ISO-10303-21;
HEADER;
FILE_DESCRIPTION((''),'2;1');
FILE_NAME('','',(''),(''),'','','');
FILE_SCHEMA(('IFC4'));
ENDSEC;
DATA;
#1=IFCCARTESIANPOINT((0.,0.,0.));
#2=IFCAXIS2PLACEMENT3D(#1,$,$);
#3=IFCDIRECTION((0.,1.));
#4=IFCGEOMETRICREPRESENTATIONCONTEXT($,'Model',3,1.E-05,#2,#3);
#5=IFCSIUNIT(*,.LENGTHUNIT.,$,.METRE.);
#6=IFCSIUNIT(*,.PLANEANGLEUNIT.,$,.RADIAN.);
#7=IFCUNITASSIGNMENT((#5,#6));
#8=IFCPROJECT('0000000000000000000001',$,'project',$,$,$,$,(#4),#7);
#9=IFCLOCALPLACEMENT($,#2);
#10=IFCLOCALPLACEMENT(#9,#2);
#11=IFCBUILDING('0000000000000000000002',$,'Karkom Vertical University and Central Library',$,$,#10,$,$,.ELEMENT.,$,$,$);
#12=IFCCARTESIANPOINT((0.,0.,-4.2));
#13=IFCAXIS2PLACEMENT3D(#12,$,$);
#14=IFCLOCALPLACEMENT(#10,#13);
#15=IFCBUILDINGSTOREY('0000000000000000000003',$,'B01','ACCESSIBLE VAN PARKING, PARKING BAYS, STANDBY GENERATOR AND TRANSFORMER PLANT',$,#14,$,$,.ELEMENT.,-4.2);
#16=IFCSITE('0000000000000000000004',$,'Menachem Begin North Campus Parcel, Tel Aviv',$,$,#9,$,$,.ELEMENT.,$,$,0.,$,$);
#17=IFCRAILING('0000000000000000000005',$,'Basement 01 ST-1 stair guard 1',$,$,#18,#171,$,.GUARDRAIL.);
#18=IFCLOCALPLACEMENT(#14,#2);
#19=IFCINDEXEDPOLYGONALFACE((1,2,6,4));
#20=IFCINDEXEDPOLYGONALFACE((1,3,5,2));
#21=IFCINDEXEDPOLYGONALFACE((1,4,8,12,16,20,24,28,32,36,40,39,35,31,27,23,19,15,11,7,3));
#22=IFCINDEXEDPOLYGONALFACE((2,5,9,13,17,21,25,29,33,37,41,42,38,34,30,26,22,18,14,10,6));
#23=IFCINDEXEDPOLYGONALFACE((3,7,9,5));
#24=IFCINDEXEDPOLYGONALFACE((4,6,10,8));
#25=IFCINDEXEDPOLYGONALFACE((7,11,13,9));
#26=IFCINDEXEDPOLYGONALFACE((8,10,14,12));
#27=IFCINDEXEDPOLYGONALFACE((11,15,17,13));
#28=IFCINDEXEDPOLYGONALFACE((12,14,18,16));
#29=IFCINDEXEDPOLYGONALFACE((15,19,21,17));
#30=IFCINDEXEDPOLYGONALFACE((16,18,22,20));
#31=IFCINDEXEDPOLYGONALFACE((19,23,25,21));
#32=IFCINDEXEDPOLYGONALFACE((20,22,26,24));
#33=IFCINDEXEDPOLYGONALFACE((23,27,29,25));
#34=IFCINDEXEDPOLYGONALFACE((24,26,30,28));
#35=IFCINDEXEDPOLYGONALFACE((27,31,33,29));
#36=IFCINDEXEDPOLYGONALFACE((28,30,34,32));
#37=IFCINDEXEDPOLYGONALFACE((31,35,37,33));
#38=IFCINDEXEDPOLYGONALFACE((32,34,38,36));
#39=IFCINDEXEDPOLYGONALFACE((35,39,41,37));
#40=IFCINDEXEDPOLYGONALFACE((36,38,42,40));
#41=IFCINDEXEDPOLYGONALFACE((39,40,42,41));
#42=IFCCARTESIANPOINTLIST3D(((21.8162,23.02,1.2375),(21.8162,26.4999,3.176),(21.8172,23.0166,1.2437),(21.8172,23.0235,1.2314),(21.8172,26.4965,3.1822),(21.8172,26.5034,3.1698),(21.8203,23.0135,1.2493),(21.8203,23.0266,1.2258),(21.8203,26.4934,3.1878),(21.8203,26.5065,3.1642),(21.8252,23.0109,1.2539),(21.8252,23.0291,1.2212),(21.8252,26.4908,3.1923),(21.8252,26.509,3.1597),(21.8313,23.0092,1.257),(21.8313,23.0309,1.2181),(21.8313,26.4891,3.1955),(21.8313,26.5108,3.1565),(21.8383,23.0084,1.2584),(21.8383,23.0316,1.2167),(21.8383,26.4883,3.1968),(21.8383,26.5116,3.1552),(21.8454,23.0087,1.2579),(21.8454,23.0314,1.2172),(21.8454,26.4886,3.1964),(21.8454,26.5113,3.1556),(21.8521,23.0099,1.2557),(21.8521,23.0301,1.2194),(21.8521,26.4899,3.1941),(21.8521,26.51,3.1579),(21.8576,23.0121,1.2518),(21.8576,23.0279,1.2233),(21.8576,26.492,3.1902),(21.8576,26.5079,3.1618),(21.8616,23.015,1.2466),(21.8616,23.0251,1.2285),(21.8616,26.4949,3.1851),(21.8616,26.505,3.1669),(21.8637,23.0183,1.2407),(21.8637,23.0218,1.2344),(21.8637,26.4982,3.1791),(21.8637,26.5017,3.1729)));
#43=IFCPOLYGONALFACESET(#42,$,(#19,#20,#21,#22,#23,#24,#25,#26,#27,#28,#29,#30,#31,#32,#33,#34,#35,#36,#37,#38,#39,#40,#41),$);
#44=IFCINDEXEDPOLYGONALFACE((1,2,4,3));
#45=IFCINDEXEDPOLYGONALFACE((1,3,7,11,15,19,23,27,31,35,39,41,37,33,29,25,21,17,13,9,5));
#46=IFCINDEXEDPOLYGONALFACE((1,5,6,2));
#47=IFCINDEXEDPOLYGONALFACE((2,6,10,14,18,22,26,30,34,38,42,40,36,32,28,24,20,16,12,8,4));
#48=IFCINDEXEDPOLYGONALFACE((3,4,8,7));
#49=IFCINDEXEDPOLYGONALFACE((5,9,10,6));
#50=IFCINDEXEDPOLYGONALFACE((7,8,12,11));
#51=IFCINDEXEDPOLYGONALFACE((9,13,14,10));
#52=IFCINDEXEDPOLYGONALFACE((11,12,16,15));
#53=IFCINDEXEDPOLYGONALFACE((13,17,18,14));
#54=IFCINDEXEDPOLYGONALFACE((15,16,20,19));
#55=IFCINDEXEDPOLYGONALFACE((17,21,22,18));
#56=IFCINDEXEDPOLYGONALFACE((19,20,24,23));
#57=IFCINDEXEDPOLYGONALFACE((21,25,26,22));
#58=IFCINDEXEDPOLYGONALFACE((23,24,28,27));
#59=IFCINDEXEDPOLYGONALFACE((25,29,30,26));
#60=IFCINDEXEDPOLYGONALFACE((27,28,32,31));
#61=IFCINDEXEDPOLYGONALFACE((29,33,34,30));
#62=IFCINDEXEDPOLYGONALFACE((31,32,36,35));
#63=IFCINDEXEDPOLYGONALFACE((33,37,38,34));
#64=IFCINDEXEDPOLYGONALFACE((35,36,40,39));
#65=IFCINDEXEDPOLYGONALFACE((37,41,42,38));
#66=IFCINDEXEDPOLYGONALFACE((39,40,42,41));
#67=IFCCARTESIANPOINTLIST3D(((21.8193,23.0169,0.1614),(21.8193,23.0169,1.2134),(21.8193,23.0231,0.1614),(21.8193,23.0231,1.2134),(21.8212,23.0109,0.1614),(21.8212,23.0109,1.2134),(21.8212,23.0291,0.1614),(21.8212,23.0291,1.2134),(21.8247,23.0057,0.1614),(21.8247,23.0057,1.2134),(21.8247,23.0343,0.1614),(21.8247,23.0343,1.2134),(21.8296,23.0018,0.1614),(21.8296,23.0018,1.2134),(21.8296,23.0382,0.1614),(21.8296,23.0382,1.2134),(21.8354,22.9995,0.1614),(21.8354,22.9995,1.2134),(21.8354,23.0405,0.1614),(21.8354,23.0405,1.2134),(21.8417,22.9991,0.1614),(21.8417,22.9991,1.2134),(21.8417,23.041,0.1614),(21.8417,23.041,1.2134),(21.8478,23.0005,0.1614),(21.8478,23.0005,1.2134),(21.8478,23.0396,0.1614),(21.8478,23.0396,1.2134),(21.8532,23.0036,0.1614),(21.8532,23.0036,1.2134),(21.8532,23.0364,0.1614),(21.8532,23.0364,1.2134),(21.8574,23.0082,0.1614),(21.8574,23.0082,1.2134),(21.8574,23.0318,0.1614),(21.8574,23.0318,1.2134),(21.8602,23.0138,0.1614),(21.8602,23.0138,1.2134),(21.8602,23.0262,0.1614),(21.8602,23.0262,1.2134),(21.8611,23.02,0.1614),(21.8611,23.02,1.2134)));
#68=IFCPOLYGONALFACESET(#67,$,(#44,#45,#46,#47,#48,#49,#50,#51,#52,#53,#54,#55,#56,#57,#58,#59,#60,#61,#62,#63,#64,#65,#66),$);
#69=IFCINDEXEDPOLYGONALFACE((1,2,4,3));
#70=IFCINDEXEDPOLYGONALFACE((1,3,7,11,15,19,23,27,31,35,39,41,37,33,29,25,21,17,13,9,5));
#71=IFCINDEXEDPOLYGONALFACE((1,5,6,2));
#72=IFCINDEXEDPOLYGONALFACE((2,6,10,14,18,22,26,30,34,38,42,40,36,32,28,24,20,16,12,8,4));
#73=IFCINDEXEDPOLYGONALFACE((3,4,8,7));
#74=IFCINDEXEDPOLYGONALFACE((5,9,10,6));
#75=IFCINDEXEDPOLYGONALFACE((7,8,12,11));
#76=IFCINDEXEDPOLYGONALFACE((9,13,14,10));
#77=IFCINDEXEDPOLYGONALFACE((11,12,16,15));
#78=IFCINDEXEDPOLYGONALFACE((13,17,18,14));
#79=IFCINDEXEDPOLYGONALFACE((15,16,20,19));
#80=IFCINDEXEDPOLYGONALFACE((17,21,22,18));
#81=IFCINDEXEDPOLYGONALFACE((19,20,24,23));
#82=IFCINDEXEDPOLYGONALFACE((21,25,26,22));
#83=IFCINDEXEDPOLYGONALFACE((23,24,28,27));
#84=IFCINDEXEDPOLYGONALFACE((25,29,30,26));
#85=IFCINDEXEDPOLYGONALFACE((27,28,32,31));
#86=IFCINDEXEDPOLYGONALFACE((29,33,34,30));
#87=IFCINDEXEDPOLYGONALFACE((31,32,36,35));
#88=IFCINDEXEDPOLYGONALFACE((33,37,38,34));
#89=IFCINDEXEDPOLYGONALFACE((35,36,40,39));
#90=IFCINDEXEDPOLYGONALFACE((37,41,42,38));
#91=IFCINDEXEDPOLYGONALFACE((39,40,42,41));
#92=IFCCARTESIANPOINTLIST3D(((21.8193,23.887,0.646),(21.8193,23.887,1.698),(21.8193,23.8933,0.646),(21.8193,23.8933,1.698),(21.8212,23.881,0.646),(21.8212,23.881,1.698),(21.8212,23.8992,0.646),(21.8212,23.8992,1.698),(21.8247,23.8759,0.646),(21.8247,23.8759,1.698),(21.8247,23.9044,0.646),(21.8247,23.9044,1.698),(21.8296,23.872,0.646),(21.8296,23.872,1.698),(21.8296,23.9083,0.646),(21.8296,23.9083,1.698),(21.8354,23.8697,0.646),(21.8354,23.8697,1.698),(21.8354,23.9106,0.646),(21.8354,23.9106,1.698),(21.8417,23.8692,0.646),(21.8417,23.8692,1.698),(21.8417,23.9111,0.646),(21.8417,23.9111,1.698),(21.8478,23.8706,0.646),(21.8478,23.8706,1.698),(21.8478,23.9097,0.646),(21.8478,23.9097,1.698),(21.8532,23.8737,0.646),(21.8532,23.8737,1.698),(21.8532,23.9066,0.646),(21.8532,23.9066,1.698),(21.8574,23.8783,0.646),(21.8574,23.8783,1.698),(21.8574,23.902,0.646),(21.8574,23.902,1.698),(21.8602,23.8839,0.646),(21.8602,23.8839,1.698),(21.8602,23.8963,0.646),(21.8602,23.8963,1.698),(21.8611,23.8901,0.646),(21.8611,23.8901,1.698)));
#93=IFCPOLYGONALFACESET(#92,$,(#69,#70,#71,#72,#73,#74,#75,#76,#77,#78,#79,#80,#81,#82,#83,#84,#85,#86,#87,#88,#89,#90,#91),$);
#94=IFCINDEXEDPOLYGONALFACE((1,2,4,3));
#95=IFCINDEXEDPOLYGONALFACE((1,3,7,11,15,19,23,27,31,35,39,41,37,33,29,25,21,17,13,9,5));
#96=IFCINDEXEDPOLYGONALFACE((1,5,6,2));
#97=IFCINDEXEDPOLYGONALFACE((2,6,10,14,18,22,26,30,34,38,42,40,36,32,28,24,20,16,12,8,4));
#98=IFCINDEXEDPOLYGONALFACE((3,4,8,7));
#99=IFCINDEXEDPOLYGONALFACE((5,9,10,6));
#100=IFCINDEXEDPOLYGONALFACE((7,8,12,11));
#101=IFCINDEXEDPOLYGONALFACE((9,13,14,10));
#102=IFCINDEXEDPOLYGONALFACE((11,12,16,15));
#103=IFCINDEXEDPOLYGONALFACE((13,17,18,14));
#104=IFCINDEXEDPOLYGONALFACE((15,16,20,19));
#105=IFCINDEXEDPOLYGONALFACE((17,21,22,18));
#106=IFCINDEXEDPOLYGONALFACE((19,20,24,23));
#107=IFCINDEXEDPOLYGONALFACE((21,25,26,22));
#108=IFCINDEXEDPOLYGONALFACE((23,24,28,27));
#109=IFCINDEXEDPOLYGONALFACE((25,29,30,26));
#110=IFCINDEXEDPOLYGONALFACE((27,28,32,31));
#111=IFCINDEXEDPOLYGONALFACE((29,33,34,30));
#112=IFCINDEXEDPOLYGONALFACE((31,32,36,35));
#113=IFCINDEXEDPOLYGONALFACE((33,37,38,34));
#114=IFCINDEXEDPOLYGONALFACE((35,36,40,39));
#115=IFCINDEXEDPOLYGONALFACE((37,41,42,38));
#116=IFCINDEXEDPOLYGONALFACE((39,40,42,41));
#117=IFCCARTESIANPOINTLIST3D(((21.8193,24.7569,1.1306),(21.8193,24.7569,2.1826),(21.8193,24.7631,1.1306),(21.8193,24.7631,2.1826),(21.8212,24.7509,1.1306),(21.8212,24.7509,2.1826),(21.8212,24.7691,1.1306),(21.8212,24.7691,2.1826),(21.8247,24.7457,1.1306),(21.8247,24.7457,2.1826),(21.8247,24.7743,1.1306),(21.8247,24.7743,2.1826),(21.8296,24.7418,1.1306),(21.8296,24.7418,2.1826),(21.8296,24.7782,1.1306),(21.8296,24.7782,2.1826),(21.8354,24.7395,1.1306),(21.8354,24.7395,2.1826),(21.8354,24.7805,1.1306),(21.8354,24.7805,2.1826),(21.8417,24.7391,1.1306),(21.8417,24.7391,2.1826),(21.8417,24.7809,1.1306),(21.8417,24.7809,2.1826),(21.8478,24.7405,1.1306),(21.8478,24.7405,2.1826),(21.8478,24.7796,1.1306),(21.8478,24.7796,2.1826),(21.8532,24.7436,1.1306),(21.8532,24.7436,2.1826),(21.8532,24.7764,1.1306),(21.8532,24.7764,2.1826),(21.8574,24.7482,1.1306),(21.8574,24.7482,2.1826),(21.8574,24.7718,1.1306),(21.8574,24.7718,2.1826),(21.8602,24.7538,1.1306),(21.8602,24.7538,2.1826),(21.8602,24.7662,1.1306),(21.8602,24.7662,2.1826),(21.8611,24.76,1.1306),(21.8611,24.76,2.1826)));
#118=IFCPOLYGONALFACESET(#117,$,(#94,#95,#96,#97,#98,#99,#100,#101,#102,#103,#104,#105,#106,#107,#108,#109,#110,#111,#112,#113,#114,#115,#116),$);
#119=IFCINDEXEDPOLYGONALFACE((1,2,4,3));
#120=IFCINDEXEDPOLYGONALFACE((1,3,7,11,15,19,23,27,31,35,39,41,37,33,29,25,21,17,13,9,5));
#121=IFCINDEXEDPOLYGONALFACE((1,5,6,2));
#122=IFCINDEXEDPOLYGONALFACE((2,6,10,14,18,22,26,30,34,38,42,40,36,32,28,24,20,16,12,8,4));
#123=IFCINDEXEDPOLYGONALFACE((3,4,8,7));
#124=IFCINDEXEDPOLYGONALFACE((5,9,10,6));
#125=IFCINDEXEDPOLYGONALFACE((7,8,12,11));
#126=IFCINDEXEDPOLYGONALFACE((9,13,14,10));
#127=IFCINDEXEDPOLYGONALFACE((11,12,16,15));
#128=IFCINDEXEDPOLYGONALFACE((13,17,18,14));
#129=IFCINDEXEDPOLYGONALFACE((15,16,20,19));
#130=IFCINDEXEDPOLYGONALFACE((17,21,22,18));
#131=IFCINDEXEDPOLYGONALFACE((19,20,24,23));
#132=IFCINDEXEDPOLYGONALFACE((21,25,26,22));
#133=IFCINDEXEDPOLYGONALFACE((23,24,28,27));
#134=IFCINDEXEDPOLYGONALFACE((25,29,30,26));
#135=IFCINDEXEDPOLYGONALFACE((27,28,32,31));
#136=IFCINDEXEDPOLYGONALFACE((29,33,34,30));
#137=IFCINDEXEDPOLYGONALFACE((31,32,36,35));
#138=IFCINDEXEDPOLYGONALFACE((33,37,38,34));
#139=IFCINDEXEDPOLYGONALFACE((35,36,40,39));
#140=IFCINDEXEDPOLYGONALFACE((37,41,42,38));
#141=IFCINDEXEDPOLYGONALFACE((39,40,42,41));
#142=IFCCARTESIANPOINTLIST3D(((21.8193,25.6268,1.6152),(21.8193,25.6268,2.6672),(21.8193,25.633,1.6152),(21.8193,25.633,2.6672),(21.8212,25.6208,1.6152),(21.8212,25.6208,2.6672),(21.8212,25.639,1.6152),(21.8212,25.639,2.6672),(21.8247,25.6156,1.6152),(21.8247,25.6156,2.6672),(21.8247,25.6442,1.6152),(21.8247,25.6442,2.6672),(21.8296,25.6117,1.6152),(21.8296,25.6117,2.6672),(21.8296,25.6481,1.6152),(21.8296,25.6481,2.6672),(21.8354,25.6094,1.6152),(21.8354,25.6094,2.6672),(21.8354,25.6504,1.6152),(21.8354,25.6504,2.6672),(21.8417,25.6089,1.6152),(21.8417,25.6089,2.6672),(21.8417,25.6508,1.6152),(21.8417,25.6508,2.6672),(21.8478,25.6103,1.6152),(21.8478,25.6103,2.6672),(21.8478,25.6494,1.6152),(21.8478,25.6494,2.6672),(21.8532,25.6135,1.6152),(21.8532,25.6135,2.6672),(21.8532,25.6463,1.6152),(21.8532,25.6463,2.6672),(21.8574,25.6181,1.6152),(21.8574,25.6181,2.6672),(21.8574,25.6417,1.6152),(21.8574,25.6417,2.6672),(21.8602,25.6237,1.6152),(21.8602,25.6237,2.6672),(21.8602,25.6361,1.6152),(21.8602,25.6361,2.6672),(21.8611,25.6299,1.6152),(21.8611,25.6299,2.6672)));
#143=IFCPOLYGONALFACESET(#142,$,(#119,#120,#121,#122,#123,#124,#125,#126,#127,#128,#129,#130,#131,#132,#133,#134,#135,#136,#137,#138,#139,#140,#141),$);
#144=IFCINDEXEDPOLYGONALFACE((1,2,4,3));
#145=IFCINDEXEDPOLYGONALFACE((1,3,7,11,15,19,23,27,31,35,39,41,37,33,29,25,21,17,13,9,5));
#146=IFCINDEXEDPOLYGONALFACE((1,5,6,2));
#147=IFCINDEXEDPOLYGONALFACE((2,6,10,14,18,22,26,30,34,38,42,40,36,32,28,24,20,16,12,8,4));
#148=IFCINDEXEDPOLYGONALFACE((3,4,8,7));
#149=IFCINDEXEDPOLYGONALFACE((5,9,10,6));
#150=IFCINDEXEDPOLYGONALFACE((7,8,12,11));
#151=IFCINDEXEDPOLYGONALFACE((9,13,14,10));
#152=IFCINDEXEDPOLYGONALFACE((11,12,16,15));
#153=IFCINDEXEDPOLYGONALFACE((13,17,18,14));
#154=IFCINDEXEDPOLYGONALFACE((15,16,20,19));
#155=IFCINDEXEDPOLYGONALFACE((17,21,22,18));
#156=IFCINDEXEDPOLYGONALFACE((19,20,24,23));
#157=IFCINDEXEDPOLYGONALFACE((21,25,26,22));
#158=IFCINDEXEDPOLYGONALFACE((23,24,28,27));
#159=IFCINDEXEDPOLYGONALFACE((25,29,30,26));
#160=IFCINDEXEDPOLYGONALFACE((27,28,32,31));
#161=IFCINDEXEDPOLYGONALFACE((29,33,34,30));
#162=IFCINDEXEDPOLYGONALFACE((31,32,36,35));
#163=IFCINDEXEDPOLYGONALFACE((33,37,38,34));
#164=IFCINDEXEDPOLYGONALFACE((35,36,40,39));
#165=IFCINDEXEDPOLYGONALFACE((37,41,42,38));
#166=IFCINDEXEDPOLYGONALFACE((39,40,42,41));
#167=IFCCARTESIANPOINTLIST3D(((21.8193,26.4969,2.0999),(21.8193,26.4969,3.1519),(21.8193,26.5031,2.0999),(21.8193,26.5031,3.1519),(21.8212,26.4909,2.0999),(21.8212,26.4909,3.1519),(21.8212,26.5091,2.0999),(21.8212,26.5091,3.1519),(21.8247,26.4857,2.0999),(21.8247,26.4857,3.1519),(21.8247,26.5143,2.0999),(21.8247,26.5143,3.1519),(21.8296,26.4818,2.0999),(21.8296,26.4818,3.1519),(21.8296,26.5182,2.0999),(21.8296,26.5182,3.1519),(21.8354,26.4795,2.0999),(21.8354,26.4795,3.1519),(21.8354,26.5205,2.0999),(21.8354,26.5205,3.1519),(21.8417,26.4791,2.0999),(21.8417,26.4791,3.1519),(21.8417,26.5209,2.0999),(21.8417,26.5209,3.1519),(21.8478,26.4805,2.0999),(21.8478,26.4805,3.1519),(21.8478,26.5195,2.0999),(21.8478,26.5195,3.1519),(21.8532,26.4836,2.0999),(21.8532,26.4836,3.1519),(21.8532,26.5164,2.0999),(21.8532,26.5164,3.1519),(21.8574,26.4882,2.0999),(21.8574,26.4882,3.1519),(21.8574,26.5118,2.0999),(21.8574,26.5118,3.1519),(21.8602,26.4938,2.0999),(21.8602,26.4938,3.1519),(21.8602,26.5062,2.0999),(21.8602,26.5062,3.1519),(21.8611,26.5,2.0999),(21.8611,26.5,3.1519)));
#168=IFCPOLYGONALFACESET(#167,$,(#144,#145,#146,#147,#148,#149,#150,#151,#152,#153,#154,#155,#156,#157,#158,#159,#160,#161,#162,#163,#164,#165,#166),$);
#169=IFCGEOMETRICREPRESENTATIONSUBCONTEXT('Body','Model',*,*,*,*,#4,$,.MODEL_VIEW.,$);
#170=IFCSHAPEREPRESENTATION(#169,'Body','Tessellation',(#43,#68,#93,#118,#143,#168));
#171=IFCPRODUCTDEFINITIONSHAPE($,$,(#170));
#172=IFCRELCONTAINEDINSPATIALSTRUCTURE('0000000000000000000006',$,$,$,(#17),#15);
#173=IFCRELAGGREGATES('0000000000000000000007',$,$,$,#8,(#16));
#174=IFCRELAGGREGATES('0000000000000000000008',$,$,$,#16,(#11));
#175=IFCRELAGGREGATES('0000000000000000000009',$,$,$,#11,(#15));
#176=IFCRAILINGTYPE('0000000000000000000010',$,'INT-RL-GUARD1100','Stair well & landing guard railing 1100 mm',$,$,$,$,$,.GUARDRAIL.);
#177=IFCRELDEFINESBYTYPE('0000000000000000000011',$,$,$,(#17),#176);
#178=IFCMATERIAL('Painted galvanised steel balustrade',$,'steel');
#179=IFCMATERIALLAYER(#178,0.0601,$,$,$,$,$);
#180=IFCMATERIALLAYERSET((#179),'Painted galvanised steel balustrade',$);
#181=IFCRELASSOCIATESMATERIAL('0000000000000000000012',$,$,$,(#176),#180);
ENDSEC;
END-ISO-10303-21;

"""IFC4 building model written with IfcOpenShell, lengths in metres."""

from ifc_helpers import new_model, si_unit, direction, frame, origin, origin_2d, place, context, subcontext, project, spatial, circle, extrude, material, layer, layer_set, type_object, element, save


model = new_model("IFC4")

# Units and contexts
model_context = context("Model", 3, precision=1e-05, world=origin(), true_north=direction((0.0, 1.0)))
body_context = subcontext(model_context, "Body", "Model", "MODEL_VIEW")
ifc_project = project(units=[si_unit("LENGTHUNIT", "METRE"), si_unit("PLANEANGLEUNIT", "RADIAN")], contexts=[model_context])

# Site, building, storey
site_placement = place(None, origin())
site = spatial("IfcSite", under=ifc_project, at=site_placement, Name="Menachem Begin North Campus Parcel, Tel Aviv", CompositionType="ELEMENT", RefElevation=0.0)
building_placement = place(site_placement, origin())
building = spatial("IfcBuilding", under=site, at=building_placement, Name="Karkom Vertical University and Central Library", CompositionType="ELEMENT")
storey_placement = place(building_placement, frame((0.0, 0.0, -4.2)))
storey = spatial("IfcBuildingStorey", under=building, at=storey_placement, Name="B01", Description="ACCESSIBLE VAN PARKING, PARKING BAYS, STANDBY GENERATOR AND TRANSFORMER PLANT", CompositionType="ELEMENT", Elevation=-4.2)

# Railing
ifc_material_1 = material(Name="Painted galvanised steel balustrade", Category="steel")
ifc_layer_1 = layer(ifc_material_1, 0.0601)
ifc_layer_set_1 = layer_set([ifc_layer_1], Name="Painted galvanised steel balustrade")
railing_type_1 = type_object("IfcRailingType", Name="INT-RL-GUARD1100", Description="Stair well & landing guard railing 1100 mm", PredefinedType="GUARDRAIL", material=ifc_layer_set_1)
railing_1_placement = place(storey_placement, frame((21.8401, 23.02, 0.1614)))
element("IfcRailing", 1, at=railing_1_placement, inside=storey, type_object=railing_type_1, Name="Basement 01 ST-1 stair guard 1", PredefinedType="GUARDRAIL", context=body_context, shape_type="SweptSolid", body=[
    extrude(circle(Radius=0.0239, at=origin_2d()), frame((0.0, 0.0, 1.0762), z_axis=(0.0, 0.873607, 0.486631), x_axis=(-1.0, 0.0, 0.0)), (0.0, 0.0, 1.0), 3.9834),
    extrude(circle(Radius=0.021, at=origin_2d()), origin(), (0.0, 0.0, 1.0), 1.052),
    extrude(circle(Radius=0.021, at=origin_2d()), frame((0.0, 0.8701, 0.4846)), (0.0, 0.0, 1.0), 1.052),
    extrude(circle(Radius=0.021, at=origin_2d()), frame((0.0, 1.74, 0.9692)), (0.0, 0.0, 1.0), 1.052),
    extrude(circle(Radius=0.021, at=origin_2d()), frame((0.0, 2.6099, 1.4539)), (0.0, 0.0, 1.0), 1.052),
    extrude(circle(Radius=0.021, at=origin_2d()), frame((0.0, 3.48, 1.9385)), (0.0, 0.0, 1.0), 1.052),
])

save(model, "model.ifc")
